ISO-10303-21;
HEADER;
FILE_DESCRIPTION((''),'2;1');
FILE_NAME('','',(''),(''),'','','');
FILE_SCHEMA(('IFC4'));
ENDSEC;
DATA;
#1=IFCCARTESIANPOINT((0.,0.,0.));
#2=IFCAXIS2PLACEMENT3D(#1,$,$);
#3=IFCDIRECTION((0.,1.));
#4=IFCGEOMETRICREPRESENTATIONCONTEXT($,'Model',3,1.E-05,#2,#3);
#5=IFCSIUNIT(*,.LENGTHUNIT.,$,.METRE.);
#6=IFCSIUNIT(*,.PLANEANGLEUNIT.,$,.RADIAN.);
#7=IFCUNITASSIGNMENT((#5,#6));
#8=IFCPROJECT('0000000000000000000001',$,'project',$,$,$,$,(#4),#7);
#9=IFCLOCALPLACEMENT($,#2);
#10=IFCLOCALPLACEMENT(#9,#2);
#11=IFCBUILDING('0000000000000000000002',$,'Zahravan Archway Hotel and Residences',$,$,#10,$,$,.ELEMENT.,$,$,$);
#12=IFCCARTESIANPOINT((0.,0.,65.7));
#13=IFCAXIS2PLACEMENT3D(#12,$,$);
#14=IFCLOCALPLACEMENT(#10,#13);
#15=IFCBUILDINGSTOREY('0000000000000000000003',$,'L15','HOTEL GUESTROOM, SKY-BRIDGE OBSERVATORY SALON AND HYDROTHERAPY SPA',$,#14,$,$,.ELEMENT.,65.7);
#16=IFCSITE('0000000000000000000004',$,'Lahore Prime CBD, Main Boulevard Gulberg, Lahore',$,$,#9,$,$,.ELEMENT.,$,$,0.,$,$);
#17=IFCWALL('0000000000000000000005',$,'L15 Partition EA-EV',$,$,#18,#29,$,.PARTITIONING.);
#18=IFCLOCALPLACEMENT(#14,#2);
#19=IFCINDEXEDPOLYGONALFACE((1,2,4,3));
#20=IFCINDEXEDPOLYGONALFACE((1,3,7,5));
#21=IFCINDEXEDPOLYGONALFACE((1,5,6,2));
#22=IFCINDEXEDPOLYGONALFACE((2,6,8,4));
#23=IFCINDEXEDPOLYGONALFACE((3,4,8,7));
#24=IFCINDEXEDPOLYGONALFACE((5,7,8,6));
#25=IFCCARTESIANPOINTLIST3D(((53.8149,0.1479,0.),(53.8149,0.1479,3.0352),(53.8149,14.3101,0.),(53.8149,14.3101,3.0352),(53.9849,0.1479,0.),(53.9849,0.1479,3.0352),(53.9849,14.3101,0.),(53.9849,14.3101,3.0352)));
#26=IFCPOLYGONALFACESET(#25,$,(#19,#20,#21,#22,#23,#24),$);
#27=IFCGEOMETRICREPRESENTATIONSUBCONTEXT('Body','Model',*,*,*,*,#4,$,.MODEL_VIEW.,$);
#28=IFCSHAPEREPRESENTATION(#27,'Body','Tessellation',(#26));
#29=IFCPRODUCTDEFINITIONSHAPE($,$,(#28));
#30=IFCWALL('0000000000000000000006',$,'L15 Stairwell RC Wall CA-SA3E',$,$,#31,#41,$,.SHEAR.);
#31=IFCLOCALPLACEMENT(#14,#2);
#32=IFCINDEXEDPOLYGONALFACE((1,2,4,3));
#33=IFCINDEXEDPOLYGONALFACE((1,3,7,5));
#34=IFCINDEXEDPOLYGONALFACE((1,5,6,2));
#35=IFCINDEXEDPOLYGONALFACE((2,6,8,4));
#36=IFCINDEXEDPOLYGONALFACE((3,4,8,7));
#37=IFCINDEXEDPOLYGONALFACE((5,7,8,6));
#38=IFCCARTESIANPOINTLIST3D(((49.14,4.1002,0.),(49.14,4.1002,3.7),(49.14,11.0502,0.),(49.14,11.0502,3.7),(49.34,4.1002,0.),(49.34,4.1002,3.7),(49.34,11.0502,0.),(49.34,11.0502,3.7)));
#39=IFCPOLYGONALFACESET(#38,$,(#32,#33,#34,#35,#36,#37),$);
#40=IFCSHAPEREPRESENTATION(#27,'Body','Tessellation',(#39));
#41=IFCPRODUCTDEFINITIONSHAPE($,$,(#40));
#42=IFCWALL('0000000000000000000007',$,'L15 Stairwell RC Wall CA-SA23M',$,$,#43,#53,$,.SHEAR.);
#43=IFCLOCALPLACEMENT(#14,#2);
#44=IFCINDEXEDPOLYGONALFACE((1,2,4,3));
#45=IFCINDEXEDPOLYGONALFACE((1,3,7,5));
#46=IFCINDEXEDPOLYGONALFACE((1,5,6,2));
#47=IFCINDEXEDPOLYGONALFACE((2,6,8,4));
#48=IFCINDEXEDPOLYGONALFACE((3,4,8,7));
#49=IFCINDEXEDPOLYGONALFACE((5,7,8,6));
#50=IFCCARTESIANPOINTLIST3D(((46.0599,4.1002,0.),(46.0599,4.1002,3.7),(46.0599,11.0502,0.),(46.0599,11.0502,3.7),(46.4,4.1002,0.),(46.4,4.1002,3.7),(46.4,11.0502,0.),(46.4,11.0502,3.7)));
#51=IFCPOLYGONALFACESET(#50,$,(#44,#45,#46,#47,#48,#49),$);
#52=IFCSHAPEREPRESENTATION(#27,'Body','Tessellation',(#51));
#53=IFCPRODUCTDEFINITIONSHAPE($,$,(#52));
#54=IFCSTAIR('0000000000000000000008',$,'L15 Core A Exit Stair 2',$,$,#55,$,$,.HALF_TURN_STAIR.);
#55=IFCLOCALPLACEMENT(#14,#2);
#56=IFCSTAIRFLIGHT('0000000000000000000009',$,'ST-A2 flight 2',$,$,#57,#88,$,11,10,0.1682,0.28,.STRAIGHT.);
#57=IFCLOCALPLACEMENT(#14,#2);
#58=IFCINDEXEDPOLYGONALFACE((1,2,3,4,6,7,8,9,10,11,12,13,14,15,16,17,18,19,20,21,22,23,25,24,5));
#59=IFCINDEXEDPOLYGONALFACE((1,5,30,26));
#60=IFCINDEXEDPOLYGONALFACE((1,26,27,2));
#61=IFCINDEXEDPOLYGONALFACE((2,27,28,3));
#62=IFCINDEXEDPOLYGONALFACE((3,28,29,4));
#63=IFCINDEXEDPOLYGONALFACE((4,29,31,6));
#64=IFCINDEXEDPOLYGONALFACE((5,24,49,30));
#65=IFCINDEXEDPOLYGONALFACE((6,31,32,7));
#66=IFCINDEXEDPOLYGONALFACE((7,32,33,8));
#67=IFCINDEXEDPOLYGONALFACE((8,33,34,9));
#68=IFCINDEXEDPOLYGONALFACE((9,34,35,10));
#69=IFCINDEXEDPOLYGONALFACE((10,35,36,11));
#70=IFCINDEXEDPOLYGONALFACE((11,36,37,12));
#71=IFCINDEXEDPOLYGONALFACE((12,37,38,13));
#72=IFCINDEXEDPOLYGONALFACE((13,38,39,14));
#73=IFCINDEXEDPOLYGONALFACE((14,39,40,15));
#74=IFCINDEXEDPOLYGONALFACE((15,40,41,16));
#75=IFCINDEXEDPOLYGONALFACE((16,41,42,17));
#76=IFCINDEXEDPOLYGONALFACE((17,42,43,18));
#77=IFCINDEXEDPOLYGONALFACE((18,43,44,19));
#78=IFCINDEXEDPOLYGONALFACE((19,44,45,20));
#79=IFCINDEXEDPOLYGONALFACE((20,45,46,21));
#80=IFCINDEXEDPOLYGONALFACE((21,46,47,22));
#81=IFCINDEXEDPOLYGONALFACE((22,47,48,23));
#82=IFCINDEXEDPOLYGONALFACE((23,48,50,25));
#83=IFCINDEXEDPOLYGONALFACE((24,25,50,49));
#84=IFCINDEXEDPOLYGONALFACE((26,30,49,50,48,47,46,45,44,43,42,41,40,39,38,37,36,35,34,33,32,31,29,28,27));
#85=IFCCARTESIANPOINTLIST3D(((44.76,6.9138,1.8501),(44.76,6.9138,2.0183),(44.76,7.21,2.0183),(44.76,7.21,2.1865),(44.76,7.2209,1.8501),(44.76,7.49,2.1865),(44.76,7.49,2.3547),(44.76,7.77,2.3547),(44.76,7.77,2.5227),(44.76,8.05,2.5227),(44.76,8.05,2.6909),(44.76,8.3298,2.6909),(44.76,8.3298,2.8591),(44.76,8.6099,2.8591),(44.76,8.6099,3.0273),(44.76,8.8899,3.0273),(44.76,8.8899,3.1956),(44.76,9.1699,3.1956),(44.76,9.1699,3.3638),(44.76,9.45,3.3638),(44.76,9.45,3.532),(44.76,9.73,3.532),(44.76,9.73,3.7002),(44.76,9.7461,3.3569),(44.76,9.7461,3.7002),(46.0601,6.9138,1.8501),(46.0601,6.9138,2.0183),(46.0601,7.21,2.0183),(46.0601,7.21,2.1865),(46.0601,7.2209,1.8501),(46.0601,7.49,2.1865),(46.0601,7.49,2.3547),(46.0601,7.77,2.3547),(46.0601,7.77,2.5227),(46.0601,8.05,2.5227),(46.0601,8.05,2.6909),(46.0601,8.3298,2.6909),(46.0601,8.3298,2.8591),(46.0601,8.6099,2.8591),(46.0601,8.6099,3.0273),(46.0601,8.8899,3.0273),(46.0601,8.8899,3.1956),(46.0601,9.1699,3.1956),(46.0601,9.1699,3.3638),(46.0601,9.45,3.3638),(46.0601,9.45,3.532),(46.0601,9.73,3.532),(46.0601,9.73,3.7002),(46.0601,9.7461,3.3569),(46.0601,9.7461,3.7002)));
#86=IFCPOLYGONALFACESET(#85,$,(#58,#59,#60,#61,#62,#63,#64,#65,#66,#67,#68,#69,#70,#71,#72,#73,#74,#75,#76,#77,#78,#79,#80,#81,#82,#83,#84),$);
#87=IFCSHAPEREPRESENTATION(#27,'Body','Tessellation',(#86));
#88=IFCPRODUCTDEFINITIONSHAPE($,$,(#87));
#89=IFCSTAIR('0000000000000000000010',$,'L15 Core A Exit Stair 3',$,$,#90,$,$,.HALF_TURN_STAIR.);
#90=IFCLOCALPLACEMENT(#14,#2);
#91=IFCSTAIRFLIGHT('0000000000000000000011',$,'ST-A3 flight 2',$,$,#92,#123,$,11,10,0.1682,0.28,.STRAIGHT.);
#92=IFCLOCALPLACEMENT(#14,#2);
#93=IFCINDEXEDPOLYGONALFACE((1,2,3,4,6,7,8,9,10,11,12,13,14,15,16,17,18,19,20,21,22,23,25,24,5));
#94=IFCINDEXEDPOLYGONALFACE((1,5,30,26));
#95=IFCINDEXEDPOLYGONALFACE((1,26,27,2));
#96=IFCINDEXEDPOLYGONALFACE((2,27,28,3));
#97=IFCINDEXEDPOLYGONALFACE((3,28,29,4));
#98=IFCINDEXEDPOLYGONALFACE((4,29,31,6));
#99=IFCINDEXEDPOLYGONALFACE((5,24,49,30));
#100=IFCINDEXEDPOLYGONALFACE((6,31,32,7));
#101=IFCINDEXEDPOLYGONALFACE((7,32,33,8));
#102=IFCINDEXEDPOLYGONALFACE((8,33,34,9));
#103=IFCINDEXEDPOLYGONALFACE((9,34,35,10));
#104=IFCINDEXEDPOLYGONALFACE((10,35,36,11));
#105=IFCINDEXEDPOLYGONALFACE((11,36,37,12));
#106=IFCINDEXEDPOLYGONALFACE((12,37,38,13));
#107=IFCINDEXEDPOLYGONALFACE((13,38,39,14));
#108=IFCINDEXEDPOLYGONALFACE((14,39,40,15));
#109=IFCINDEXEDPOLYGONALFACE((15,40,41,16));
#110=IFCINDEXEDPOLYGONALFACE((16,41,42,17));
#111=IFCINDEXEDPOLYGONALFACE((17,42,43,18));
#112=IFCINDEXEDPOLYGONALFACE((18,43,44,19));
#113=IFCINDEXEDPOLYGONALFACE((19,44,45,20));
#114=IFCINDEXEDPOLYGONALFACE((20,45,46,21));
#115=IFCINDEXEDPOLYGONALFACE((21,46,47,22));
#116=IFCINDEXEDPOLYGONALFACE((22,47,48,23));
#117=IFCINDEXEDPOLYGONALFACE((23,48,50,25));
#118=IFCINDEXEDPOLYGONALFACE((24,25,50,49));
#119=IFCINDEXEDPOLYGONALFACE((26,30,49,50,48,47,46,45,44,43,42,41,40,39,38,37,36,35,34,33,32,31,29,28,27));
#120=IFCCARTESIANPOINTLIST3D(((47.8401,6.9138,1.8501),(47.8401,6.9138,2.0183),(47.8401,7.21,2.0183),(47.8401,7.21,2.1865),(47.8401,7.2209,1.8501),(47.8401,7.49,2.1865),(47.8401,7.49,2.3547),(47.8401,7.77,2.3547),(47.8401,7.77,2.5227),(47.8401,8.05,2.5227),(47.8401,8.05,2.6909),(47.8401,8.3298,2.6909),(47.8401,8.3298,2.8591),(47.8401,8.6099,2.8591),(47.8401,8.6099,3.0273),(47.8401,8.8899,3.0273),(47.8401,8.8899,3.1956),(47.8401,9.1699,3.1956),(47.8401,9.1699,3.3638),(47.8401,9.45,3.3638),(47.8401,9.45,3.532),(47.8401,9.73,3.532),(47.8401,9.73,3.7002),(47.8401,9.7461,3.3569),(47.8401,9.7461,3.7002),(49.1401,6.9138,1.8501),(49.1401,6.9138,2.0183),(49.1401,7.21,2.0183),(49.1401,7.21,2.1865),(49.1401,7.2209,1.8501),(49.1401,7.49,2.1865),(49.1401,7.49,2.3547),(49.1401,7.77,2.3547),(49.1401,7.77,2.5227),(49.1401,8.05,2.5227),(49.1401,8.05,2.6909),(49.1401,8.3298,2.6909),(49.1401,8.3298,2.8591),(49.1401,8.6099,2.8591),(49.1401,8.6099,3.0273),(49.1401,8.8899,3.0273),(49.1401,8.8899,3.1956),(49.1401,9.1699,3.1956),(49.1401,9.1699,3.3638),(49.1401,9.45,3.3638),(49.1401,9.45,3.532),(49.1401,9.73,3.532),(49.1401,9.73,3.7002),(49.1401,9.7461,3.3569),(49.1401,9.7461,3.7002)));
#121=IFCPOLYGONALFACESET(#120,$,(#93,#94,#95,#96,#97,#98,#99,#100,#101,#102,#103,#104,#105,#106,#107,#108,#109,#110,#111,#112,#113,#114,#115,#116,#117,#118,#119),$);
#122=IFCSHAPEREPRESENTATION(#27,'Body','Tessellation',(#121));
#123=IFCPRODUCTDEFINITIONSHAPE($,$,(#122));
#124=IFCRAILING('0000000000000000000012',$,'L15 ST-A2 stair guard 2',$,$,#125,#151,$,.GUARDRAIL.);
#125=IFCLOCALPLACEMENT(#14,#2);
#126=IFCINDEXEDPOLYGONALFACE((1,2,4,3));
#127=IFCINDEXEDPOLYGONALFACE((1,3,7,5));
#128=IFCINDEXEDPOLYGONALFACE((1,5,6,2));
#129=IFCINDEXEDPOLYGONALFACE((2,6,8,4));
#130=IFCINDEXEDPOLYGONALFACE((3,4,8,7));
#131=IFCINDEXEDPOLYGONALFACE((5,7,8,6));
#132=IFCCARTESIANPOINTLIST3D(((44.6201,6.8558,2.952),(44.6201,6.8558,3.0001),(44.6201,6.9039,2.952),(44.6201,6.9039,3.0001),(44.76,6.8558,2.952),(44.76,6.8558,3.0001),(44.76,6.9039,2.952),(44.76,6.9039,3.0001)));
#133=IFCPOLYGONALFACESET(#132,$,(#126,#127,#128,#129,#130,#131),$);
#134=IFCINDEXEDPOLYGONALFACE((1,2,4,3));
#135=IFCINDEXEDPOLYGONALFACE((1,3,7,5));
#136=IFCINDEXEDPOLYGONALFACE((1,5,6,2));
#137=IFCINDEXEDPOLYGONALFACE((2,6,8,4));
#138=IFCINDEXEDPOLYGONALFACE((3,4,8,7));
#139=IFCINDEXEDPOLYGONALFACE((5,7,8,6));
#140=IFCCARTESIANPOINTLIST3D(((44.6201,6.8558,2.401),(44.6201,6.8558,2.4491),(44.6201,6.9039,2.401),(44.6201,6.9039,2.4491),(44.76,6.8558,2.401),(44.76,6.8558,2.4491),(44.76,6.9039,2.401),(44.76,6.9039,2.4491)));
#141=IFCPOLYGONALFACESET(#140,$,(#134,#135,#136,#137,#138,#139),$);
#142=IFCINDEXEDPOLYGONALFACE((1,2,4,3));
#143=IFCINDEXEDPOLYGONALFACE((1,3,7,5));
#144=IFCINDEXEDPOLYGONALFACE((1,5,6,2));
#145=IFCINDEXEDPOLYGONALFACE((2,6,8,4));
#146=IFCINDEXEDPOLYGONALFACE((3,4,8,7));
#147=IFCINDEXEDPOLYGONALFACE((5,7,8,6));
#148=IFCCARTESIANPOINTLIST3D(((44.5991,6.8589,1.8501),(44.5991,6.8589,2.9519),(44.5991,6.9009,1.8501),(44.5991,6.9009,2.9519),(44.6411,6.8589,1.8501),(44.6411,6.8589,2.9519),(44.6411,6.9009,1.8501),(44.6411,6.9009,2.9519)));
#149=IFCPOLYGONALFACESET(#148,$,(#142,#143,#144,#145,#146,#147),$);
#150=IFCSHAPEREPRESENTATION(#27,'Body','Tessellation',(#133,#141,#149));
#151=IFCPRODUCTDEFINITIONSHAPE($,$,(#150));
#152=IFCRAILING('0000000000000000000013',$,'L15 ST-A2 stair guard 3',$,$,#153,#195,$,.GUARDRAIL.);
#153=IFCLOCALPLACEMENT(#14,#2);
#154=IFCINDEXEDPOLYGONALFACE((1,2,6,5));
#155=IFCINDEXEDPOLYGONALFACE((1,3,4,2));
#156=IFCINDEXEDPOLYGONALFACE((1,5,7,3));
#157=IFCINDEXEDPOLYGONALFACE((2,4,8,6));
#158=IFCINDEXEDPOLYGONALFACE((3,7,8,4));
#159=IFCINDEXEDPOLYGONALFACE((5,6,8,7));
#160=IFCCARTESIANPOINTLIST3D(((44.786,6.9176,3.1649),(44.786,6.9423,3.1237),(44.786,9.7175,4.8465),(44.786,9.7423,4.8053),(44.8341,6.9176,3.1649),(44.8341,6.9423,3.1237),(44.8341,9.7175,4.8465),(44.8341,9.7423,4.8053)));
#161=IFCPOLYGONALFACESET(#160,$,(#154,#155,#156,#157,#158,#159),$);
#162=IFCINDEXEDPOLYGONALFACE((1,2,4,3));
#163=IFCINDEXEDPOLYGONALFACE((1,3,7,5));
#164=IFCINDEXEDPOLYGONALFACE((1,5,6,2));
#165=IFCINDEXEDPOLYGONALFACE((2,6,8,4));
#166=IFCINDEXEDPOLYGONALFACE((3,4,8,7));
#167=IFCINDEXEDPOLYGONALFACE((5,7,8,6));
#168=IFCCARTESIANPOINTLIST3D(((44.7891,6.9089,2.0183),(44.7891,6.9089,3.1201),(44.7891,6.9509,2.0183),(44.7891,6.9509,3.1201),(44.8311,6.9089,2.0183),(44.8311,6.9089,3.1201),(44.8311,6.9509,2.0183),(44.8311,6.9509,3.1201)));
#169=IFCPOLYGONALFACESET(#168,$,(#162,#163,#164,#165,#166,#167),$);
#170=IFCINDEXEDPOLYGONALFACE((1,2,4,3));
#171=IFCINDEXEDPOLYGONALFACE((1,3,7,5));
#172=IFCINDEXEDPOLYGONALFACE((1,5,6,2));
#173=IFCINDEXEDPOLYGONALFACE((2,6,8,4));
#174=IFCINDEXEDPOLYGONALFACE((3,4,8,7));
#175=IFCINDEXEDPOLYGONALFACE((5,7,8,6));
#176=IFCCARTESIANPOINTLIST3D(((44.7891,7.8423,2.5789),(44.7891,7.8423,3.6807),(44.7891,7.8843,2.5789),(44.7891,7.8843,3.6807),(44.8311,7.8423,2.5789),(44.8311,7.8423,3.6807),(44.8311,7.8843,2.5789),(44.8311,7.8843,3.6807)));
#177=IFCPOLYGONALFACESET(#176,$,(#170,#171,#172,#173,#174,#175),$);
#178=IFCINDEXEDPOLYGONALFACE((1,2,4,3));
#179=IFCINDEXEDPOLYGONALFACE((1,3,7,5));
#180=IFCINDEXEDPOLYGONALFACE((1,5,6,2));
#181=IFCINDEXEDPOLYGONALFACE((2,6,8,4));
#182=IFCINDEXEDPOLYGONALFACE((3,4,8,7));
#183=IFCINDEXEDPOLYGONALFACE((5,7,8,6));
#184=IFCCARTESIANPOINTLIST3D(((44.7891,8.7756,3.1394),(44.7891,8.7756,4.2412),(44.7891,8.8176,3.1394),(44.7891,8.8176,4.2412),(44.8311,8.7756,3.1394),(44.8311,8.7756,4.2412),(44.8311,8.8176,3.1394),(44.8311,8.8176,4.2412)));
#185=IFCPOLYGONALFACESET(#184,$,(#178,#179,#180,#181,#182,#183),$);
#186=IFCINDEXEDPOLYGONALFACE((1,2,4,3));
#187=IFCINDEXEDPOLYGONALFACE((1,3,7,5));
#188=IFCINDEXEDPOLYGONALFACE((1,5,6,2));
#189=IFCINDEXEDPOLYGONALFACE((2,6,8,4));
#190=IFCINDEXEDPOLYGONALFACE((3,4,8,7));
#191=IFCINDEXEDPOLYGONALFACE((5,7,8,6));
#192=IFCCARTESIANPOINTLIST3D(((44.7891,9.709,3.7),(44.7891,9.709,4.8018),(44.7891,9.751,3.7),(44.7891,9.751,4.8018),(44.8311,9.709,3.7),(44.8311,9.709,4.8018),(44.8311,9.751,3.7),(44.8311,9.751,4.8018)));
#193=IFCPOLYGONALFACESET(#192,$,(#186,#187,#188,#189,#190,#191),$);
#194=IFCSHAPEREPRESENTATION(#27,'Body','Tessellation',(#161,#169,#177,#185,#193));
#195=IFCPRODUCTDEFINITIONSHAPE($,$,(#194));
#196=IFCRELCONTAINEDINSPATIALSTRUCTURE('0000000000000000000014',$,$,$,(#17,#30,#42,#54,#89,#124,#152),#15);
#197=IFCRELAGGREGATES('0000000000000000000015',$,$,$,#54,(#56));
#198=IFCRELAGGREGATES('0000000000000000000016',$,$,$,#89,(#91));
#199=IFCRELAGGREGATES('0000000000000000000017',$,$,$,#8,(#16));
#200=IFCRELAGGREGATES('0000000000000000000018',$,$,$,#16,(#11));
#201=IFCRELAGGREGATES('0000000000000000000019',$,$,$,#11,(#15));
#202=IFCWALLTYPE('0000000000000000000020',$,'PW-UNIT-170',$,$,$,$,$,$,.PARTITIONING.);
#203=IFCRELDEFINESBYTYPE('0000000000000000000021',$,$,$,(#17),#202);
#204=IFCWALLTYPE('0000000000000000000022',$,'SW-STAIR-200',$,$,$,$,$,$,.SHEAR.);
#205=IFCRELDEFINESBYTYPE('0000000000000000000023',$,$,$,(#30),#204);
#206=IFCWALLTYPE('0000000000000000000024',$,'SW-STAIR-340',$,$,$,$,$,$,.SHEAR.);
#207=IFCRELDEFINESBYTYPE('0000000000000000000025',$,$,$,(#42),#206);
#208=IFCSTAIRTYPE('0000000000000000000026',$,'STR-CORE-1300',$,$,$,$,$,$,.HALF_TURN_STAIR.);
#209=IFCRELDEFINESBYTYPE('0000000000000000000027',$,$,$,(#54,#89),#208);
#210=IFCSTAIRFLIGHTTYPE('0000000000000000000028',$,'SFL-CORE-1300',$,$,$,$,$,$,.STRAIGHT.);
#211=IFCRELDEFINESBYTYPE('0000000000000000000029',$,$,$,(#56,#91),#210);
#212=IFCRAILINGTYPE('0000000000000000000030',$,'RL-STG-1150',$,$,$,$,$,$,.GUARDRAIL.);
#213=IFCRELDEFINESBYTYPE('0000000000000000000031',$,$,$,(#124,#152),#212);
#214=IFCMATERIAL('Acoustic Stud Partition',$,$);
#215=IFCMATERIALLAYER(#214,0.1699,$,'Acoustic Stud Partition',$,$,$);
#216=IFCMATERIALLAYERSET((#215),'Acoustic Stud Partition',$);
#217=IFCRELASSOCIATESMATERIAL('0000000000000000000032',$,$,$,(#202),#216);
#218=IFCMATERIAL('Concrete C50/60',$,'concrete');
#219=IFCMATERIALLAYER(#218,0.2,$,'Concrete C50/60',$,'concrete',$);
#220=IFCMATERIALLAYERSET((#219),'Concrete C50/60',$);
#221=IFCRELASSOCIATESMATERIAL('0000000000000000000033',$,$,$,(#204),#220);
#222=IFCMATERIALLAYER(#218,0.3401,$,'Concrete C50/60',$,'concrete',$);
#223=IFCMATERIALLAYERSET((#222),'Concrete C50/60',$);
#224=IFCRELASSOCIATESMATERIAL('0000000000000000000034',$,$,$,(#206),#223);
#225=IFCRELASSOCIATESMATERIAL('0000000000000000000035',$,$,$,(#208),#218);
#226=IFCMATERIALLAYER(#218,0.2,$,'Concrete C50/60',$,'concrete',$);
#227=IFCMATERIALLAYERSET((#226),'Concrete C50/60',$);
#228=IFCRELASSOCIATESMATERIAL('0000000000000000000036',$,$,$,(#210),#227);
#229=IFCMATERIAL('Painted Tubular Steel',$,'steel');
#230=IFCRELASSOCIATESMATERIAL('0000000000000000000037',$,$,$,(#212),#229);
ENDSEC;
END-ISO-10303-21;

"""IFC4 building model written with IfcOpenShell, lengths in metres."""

from ifc_helpers import new_model, si_unit, direction, frame, frame_2d, origin, origin_2d, place, context, subcontext, project, spatial, polyline, rectangle, outline, extrude, source, transform, mapped, material, layer, layer_set, type_object, element, aggregate, save


model = new_model("IFC4")

# Units and contexts
model_context = context("Model", 3, precision=1e-05, world=origin(), true_north=direction((0.0, 1.0)))
body_context = subcontext(model_context, "Body", "Model", "MODEL_VIEW")
ifc_project = project(units=[si_unit("LENGTHUNIT", "METRE"), si_unit("PLANEANGLEUNIT", "RADIAN")], contexts=[model_context])

# Site, building, storey
site_placement = place(None, origin())
site = spatial("IfcSite", under=ifc_project, at=site_placement, Name="Lahore Prime CBD, Main Boulevard Gulberg, Lahore", CompositionType="ELEMENT", RefElevation=0.0)
building_placement = place(site_placement, origin())
building = spatial("IfcBuilding", under=site, at=building_placement, Name="Zahravan Archway Hotel and Residences", CompositionType="ELEMENT")
storey_placement = place(building_placement, frame((0.0, 0.0, 65.7)))
storey = spatial("IfcBuildingStorey", under=building, at=storey_placement, Name="L15", Description="HOTEL GUESTROOM, SKY-BRIDGE OBSERVATORY SALON AND HYDROTHERAPY SPA", CompositionType="ELEMENT", Elevation=65.7)

# Walls
ifc_material_1 = material(Name="Acoustic Stud Partition")
ifc_layer_1 = layer(ifc_material_1, 0.1699, Name="Acoustic Stud Partition")
ifc_layer_set_1 = layer_set([ifc_layer_1], Name="Acoustic Stud Partition")
wall_type_1 = type_object("IfcWallType", Name="PW-UNIT-170", PredefinedType="PARTITIONING", material=ifc_layer_set_1)
wall_1_placement = place(storey_placement, frame((53.8999, 0.1479, 0.0), z_axis=(0.0, 0.0, 1.0), x_axis=(0.0, 1.0, 0.0)))
element("IfcWall", 1, at=wall_1_placement, inside=storey, type_object=wall_type_1, Name="L15 Partition EA-EV", PredefinedType="PARTITIONING", context=body_context, shape_type="SweptSolid", body=[
    extrude(rectangle(XDim=14.1621, YDim=0.1699, at=frame_2d((7.0811, 0.0))), origin(), (0.0, 0.0, 1.0), 3.0352),
])
ifc_material_2 = material(Name="Concrete C50/60", Category="concrete")
ifc_layer_2 = layer(ifc_material_2, 0.2, Name="Concrete C50/60", Category="concrete")
ifc_layer_set_2 = layer_set([ifc_layer_2], Name="Concrete C50/60")
wall_type_2 = type_object("IfcWallType", Name="SW-STAIR-200", PredefinedType="SHEAR", material=ifc_layer_set_2)
wall_2_placement = place(storey_placement, frame((49.24, 4.1001, 0.0), z_axis=(0.0, 0.0, 1.0), x_axis=(0.0, 1.0, 0.0)))
element("IfcWall", 2, at=wall_2_placement, inside=storey, type_object=wall_type_2, Name="L15 Stairwell RC Wall CA-SA3E", PredefinedType="SHEAR", context=body_context, shape_type="SweptSolid", body=[
    extrude(rectangle(XDim=6.95, YDim=0.2, at=frame_2d((3.4751, 0.0))), origin(), (0.0, 0.0, 1.0), 3.7),
])
ifc_layer_3 = layer(ifc_material_2, 0.3401, Name="Concrete C50/60", Category="concrete")
ifc_layer_set_3 = layer_set([ifc_layer_3], Name="Concrete C50/60")
wall_type_3 = type_object("IfcWallType", Name="SW-STAIR-340", PredefinedType="SHEAR", material=ifc_layer_set_3)
wall_3_placement = place(storey_placement, frame((46.23, 4.1001, 0.0), z_axis=(0.0, 0.0, 1.0), x_axis=(0.0, 1.0, 0.0)))
element("IfcWall", 3, at=wall_3_placement, inside=storey, type_object=wall_type_3, Name="L15 Stairwell RC Wall CA-SA23M", PredefinedType="SHEAR", context=body_context, shape_type="SweptSolid", body=[
    extrude(rectangle(XDim=6.95, YDim=0.3401, at=frame_2d((3.4751, 0.0))), origin(), (0.0, 0.0, 1.0), 3.7),
])

# Stairs, stair flights
stair_type = type_object("IfcStairType", Name="STR-CORE-1300", PredefinedType="HALF_TURN_STAIR", material=ifc_material_2)
stair_1_placement = place(storey_placement, origin())
stair_1 = element("IfcStair", 4, at=stair_1_placement, inside=storey, type_object=stair_type, Name="L15 Core A Exit Stair 2", PredefinedType="HALF_TURN_STAIR")
ifc_layer_4 = layer(ifc_material_2, 0.2, Name="Concrete C50/60", Category="concrete")
ifc_layer_set_4 = layer_set([ifc_layer_4], Name="Concrete C50/60")
stair_flight_type = type_object("IfcStairFlightType", Name="SFL-CORE-1300", PredefinedType="STRAIGHT", material=ifc_layer_set_4)
shared_shape_1 = source(origin(), body_context, "Body", "SweptSolid", [
    extrude(outline(polyline([(-0.0161, 0.0), (-0.0161, 0.1682), (0.28, 0.1682), (0.28, 0.3364), (0.5601, 0.3364), (0.5601, 0.5046), (0.8401, 0.5046), (0.8401, 0.6726), (1.1201, 0.6726), (1.1201, 0.8408), (1.3999, 0.8408), (1.3999, 1.009), (1.6799, 1.009), (1.6799, 1.1772), (1.96, 1.1772), (1.96, 1.3455), (2.24, 1.3455), (2.24, 1.5137), (2.52, 1.5137), (2.52, 1.6819), (2.8, 1.6819), (2.8, 1.8501), (2.8162, 1.8501), (2.8162, 1.5068), (0.291, 0.0), (-0.0161, 0.0)])), frame((0.0, 0.6499, 0.0), z_axis=(0.0, -1.0, 0.0), x_axis=(1.0, 0.0, 0.0)), (0.0, 0.0, 1.0), 1.3),
])
stair_flight_1_placement = place(storey_placement, frame((45.4099, 6.9299, 1.8501), z_axis=(0.0, 0.0, 1.0), x_axis=(0.0, 1.0, 0.0)))
stair_flight_1 = element("IfcStairFlight", 5, at=stair_flight_1_placement, type_object=stair_flight_type, Name="ST-A2 flight 2", NumberOfRisers=11, NumberOfTreads=10, PredefinedType="STRAIGHT", RiserHeight=0.1682, TreadLength=0.28, context=body_context, shape_type="MappedRepresentation", body=[
    mapped(shared_shape_1, transform((0.0, 0.0, 0.0), scale=1.0)),
])
aggregate(stair_1, [stair_flight_1])
stair_2_placement = place(storey_placement, origin())
stair_2 = element("IfcStair", 6, at=stair_2_placement, inside=storey, type_object=stair_type, Name="L15 Core A Exit Stair 3", PredefinedType="HALF_TURN_STAIR")
stair_flight_2_placement = place(storey_placement, frame((48.49, 6.9299, 1.8501), z_axis=(0.0, 0.0, 1.0), x_axis=(0.0, 1.0, 0.0)))
stair_flight_2 = element("IfcStairFlight", 7, at=stair_flight_2_placement, type_object=stair_flight_type, Name="ST-A3 flight 2", NumberOfRisers=11, NumberOfTreads=10, PredefinedType="STRAIGHT", RiserHeight=0.1682, TreadLength=0.28, context=body_context, shape_type="MappedRepresentation", body=[
    mapped(shared_shape_1, transform((0.0, 0.0, 0.0), scale=1.0)),
])
aggregate(stair_2, [stair_flight_2])

# Railings
ifc_material_3 = material(Name="Painted Tubular Steel", Category="steel")
railing_type_1 = type_object("IfcRailingType", Name="RL-STG-1150", PredefinedType="GUARDRAIL", material=ifc_material_3)
railing_1_placement = place(storey_placement, frame((44.6201, 6.8799, 1.8501)))
element("IfcRailing", 8, at=railing_1_placement, inside=storey, type_object=railing_type_1, Name="L15 ST-A2 stair guard 2", PredefinedType="GUARDRAIL", context=body_context, shape_type="SweptSolid", body=[
    extrude(rectangle(XDim=0.0481, YDim=0.0481, at=origin_2d()), frame((0.0, 0.0, 1.126), z_axis=(1.0, 0.0, 0.0), x_axis=(0.0, 1.0, 0.0)), (0.0, 0.0, 1.0), 0.1399),
    extrude(rectangle(XDim=0.0481, YDim=0.0481, at=origin_2d()), frame((0.0, 0.0, 0.575), z_axis=(1.0, 0.0, 0.0), x_axis=(0.0, 1.0, 0.0)), (0.0, 0.0, 1.0), 0.1399),
    extrude(rectangle(XDim=0.042, YDim=0.042, at=origin_2d()), origin(), (0.0, 0.0, 1.0), 1.1018),
])
railing_2_placement = place(storey_placement, frame((44.8101, 6.9299, 2.0183)))
element("IfcRailing", 9, at=railing_2_placement, inside=storey, type_object=railing_type_1, Name="L15 ST-A2 stair guard 3", PredefinedType="GUARDRAIL", context=body_context, shape_type="SweptSolid", body=[
    extrude(rectangle(XDim=0.0481, YDim=0.0481, at=origin_2d()), frame((0.0, 0.0, 1.126), z_axis=(0.0, 0.857275, 0.514858), x_axis=(-1.0, 0.0, 0.0)), (0.0, 0.0, 1.0), 3.2661),
    extrude(rectangle(XDim=0.042, YDim=0.042, at=origin_2d()), origin(), (0.0, 0.0, 1.0), 1.1018),
    extrude(rectangle(XDim=0.042, YDim=0.042, at=origin_2d()), frame((0.0, 0.9333, 0.5605)), (0.0, 0.0, 1.0), 1.1018),
    extrude(rectangle(XDim=0.042, YDim=0.042, at=origin_2d()), frame((0.0, 1.8667, 1.1211)), (0.0, 0.0, 1.0), 1.1018),
    extrude(rectangle(XDim=0.042, YDim=0.042, at=origin_2d()), frame((0.0, 2.8, 1.6816)), (0.0, 0.0, 1.0), 1.1018),
])

save(model, "model.ifc")
